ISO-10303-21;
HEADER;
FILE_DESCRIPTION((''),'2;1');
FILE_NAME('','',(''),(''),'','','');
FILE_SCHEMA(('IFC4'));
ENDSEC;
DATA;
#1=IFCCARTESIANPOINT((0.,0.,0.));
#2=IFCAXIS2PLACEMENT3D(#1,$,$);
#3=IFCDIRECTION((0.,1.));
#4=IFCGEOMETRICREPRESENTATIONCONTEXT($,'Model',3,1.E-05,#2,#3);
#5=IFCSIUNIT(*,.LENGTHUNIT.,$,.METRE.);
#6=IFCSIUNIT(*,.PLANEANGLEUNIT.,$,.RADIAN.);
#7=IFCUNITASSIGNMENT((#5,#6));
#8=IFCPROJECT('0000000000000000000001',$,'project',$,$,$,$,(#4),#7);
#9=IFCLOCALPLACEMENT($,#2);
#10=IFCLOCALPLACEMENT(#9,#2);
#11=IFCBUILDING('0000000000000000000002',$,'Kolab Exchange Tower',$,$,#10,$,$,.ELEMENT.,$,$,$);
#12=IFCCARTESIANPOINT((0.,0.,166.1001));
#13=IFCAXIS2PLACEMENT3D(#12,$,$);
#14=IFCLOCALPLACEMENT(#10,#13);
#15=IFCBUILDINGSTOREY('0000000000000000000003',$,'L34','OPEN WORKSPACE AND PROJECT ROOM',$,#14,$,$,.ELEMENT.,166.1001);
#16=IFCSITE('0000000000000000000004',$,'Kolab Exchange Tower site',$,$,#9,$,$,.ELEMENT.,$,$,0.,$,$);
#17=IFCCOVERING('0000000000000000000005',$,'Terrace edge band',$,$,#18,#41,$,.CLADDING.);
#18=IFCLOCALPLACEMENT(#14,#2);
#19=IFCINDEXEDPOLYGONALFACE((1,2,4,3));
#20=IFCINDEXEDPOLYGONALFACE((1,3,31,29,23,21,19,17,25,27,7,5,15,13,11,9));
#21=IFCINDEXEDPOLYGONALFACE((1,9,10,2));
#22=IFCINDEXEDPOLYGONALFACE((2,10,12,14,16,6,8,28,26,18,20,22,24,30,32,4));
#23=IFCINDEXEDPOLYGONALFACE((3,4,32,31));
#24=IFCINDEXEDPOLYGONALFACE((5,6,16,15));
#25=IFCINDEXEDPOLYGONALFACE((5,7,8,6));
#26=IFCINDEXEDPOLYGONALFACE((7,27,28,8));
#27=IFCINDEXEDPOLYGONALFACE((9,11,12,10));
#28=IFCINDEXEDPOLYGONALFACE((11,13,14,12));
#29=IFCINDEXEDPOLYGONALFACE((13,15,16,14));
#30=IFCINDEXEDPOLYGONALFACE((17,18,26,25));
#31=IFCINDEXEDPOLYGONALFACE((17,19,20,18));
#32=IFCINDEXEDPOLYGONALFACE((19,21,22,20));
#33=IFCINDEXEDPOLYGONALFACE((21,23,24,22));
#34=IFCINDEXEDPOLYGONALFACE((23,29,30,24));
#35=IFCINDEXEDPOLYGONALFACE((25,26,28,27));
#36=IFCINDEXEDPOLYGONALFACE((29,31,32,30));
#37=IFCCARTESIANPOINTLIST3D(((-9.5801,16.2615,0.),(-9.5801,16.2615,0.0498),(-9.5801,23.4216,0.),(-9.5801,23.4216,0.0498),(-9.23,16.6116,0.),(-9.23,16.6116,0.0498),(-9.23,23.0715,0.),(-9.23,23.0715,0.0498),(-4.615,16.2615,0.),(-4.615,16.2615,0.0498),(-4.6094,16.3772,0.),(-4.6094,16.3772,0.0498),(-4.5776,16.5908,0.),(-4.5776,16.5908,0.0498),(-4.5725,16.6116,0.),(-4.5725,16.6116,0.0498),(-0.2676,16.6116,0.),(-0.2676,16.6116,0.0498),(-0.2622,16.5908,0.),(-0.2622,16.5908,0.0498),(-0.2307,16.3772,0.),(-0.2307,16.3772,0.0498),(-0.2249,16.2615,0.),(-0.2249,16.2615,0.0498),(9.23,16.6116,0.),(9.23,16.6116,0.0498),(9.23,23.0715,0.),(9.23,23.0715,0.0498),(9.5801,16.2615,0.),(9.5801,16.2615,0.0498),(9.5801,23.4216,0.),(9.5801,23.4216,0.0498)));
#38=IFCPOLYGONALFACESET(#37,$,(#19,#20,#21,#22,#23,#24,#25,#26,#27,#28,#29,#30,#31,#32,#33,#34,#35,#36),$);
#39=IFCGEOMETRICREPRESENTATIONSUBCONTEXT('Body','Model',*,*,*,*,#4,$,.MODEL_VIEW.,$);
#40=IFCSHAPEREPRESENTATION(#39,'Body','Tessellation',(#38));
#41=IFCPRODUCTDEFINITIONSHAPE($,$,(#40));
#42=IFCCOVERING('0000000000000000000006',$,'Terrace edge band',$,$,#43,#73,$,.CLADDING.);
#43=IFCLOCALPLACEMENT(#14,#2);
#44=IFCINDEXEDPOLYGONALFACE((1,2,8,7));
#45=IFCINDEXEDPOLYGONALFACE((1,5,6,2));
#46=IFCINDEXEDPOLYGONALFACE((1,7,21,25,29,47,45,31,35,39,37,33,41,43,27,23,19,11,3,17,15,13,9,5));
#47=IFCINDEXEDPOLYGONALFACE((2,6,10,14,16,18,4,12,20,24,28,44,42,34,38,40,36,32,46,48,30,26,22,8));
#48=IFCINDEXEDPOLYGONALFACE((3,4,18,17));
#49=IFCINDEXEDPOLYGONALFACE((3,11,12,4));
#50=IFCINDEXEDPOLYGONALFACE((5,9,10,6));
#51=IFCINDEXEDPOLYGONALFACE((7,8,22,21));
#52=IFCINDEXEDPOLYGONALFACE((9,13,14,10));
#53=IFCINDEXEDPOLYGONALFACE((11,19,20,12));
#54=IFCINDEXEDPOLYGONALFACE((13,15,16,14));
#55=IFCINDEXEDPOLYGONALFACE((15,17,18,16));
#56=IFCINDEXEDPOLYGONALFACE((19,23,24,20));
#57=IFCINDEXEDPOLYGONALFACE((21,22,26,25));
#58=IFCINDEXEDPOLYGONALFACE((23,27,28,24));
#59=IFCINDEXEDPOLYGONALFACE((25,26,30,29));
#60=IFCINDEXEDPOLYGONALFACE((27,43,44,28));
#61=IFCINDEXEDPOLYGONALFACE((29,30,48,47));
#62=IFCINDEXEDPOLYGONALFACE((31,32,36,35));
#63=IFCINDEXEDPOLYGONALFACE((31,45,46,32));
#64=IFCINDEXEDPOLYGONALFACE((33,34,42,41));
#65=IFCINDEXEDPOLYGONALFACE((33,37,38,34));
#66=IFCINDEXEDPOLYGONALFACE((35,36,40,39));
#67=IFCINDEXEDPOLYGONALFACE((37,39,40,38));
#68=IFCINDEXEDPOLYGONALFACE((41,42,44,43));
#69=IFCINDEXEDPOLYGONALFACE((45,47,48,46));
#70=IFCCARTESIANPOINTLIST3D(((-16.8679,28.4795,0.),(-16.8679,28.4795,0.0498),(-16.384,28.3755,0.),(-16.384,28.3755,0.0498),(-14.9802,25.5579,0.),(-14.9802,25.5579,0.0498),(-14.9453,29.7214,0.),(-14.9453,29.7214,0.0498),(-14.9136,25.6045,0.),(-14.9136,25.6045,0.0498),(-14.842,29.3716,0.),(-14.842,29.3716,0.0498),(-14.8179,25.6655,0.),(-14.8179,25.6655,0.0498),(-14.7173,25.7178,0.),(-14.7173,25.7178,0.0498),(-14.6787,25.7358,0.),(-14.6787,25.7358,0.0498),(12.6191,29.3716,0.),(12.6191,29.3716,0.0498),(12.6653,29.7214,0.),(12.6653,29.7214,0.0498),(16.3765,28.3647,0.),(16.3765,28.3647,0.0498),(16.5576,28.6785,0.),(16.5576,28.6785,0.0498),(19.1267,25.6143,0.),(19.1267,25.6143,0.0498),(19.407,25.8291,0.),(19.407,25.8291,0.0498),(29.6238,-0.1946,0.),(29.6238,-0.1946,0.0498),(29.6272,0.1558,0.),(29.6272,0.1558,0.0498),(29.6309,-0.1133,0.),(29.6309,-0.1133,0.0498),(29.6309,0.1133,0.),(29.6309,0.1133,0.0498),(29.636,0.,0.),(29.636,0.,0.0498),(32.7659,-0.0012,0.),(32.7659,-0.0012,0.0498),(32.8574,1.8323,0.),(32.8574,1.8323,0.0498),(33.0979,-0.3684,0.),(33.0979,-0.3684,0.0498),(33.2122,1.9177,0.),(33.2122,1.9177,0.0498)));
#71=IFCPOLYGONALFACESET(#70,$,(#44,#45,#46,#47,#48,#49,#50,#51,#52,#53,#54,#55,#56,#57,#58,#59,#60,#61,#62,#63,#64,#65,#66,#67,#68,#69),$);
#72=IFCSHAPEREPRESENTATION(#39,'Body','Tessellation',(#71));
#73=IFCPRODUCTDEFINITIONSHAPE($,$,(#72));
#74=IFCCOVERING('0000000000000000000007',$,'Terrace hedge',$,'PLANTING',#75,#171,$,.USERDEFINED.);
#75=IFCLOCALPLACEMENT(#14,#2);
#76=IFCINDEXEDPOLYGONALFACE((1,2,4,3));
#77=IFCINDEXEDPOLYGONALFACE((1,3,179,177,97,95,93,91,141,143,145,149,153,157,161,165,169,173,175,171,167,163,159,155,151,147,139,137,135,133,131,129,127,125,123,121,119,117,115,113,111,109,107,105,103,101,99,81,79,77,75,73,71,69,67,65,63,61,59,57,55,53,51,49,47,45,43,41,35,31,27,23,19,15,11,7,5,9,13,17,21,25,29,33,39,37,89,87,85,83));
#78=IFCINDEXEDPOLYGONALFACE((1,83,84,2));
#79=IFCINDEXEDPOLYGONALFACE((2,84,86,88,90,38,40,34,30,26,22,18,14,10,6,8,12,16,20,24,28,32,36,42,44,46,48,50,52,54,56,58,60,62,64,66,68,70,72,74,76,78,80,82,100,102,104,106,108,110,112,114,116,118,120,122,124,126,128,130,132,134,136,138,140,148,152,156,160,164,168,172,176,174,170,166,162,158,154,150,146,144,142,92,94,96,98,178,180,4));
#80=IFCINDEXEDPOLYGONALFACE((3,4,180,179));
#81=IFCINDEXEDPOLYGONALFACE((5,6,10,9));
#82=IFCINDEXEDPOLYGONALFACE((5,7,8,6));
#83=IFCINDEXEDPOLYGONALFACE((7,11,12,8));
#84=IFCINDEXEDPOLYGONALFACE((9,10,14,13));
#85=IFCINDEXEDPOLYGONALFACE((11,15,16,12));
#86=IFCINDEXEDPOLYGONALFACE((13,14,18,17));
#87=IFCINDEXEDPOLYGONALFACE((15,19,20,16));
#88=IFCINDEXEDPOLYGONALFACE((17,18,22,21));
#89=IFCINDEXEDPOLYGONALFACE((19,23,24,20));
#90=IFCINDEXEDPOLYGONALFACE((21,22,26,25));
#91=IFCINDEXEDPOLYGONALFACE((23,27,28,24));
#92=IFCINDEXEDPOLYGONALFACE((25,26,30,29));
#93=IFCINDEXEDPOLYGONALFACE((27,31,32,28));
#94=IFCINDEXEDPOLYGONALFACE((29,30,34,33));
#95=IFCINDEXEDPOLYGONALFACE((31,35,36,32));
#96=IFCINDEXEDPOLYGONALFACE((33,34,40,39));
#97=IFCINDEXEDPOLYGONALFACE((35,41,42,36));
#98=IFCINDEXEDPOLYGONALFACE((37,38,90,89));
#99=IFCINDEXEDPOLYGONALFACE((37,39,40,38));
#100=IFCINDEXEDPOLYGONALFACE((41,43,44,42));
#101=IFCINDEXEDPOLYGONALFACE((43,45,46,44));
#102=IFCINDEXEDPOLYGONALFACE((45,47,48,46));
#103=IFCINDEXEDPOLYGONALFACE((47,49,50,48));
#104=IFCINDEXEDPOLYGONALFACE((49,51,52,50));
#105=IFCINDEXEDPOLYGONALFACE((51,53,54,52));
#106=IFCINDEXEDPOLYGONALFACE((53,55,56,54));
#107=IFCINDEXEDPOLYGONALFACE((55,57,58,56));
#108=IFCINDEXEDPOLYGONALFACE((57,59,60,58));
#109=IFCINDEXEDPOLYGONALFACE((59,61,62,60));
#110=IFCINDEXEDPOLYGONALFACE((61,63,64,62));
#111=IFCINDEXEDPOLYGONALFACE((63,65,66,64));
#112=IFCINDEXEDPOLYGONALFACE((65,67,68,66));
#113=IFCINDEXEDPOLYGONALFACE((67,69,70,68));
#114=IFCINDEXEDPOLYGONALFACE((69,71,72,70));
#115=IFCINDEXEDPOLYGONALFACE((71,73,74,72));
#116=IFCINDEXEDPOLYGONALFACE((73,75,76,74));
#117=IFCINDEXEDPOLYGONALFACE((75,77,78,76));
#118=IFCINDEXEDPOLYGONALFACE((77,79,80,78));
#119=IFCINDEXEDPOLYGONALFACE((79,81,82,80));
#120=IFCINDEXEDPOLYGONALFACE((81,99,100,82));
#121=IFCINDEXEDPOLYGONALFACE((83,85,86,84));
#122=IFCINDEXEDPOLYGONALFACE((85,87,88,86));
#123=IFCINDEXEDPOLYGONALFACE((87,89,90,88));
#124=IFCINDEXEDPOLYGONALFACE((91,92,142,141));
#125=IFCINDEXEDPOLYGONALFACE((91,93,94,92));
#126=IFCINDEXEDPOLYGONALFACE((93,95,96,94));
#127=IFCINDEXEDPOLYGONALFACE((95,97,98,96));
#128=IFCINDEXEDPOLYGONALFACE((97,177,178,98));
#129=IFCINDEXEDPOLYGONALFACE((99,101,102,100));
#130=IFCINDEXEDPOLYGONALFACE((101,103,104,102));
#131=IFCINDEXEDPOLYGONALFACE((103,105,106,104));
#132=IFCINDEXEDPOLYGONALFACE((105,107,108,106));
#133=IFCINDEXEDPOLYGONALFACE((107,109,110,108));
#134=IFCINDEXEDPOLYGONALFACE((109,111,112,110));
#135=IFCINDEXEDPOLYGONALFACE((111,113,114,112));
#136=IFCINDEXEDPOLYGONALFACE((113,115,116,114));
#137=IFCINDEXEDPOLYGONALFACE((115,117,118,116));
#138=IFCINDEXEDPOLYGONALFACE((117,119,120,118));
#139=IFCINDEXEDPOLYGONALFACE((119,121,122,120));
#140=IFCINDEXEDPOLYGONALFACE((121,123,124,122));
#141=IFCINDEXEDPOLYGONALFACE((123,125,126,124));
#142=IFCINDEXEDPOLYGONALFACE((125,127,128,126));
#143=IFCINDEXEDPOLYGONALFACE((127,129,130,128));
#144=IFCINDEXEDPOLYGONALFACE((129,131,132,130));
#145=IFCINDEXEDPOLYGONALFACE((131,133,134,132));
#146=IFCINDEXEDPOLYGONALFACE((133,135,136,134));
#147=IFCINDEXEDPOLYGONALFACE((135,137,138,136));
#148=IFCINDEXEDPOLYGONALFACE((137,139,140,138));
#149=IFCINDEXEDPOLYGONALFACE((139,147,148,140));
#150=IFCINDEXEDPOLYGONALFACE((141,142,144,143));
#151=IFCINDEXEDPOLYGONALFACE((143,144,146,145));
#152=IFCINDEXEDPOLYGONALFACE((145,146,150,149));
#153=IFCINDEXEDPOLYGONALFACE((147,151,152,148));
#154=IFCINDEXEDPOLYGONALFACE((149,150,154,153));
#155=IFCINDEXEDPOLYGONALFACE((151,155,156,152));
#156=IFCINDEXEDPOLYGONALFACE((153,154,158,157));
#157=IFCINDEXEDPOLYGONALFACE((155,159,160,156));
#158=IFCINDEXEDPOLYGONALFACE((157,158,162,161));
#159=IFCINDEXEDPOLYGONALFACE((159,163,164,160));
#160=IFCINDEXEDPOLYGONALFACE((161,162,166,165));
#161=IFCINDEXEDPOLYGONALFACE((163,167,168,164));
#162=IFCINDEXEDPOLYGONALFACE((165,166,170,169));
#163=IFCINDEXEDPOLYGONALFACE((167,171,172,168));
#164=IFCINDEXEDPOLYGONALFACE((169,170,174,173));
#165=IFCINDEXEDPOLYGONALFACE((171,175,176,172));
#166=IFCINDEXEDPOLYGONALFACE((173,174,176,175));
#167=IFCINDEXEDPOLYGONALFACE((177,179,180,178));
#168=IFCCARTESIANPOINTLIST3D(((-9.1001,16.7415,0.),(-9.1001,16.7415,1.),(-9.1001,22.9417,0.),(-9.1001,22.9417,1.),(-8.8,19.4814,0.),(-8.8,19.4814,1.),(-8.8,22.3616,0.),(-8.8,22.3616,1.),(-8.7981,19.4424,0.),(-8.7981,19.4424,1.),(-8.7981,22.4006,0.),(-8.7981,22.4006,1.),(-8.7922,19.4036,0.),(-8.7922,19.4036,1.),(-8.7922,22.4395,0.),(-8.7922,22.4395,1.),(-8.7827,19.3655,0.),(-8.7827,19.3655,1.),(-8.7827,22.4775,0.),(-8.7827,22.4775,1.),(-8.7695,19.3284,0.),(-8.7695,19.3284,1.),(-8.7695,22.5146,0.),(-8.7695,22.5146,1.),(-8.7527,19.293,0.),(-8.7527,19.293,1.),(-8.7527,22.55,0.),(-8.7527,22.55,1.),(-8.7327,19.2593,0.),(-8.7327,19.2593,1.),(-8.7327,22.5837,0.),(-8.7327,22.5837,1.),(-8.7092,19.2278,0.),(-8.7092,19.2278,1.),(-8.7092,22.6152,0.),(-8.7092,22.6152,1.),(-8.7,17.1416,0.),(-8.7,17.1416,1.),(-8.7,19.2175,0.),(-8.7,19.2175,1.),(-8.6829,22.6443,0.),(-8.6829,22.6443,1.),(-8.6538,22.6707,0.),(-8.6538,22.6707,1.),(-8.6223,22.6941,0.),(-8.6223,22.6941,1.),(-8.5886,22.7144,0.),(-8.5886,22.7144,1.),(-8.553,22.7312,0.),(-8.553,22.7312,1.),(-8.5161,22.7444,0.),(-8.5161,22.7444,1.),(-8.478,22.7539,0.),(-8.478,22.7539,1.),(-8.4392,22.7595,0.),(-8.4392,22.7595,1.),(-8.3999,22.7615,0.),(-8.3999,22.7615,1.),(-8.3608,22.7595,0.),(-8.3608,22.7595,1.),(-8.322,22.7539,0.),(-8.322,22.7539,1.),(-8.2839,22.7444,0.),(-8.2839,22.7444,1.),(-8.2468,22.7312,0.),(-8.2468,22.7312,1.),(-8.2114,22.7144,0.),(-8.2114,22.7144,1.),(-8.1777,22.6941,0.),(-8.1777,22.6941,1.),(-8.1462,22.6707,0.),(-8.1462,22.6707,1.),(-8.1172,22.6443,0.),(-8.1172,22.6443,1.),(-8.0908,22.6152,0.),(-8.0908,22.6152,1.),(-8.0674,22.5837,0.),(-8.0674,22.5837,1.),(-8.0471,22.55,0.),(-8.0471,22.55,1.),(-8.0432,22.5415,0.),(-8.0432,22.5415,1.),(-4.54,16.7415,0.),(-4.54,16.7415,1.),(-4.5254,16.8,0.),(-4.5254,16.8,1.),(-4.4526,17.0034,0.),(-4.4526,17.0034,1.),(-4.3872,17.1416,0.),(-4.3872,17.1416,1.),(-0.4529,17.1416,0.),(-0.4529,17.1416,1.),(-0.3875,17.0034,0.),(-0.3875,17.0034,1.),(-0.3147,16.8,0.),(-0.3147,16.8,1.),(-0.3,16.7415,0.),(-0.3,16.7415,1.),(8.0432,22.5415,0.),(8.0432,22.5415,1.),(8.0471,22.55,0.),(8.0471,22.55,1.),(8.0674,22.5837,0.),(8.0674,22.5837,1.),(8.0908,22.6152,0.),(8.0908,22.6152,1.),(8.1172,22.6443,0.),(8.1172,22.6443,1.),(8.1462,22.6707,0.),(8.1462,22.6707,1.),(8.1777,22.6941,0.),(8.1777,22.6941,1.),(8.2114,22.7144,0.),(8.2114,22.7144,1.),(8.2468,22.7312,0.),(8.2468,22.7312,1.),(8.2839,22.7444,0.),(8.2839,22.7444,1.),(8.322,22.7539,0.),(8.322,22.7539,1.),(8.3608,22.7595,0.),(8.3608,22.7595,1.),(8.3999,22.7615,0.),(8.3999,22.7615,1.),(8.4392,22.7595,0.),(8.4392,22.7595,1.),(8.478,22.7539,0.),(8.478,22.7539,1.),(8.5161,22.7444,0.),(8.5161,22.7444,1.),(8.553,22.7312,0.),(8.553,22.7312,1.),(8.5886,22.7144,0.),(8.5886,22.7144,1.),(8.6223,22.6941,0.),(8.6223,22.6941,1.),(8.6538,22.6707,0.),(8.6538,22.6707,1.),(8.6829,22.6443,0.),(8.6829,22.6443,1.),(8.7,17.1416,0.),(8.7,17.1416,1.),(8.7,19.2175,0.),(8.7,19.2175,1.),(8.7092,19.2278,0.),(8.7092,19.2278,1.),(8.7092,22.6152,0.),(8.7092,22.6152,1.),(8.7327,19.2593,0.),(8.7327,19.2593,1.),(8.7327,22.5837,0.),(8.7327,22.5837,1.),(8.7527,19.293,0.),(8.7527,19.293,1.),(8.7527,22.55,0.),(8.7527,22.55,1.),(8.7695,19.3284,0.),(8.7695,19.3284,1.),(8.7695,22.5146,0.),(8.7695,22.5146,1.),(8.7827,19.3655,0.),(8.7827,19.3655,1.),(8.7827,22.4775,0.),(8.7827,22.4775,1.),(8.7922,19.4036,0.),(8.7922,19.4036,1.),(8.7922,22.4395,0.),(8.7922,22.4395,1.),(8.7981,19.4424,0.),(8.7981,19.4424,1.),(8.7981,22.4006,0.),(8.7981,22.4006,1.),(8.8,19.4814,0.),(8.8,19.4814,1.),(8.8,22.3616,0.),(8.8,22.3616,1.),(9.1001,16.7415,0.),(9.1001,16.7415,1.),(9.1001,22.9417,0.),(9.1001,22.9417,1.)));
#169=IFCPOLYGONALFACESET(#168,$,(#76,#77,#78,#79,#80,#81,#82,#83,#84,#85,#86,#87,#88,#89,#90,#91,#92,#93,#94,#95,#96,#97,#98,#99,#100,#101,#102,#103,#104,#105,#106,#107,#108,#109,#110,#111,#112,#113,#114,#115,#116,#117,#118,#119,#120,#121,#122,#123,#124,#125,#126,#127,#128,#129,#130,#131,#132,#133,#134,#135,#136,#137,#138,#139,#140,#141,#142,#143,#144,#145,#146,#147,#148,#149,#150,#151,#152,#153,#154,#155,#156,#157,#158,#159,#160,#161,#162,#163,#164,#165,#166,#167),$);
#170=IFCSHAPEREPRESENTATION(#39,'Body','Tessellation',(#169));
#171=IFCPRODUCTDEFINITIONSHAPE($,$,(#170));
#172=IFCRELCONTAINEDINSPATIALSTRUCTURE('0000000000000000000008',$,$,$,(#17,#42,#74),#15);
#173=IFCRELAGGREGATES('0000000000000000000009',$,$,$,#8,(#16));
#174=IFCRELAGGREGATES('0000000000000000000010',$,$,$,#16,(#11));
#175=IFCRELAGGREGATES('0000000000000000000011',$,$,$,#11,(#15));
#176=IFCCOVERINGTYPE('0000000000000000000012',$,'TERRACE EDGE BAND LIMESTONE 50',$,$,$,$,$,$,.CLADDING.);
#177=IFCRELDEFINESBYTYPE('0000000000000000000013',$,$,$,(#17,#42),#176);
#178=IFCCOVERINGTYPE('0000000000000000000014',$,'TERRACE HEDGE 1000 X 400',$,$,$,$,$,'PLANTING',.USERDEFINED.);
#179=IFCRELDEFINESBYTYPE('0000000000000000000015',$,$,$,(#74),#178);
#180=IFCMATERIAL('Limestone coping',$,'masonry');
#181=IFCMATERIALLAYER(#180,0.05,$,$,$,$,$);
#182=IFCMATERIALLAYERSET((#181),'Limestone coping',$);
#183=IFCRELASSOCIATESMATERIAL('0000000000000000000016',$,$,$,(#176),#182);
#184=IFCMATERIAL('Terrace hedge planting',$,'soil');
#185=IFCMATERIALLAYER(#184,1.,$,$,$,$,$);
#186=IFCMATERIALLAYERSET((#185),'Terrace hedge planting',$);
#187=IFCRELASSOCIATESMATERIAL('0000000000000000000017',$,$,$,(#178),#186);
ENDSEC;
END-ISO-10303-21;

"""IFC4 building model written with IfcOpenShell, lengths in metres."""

from ifc_helpers import new_model, si_unit, direction, frame, origin, place, context, subcontext, project, spatial, polyline, outline, extrude, material, layer, layer_set, type_object, element, save


model = new_model("IFC4")

# Units and contexts
model_context = context("Model", 3, precision=1e-05, world=origin(), true_north=direction((0.0, 1.0)))
body_context = subcontext(model_context, "Body", "Model", "MODEL_VIEW")
ifc_project = project(units=[si_unit("LENGTHUNIT", "METRE"), si_unit("PLANEANGLEUNIT", "RADIAN")], contexts=[model_context])

# Site, building, storey
site_placement = place(None, origin())
site = spatial("IfcSite", under=ifc_project, at=site_placement, Name="Kolab Exchange Tower site", CompositionType="ELEMENT", RefElevation=0.0)
building_placement = place(site_placement, origin())
building = spatial("IfcBuilding", under=site, at=building_placement, Name="Kolab Exchange Tower", CompositionType="ELEMENT")
storey_placement = place(building_placement, frame((0.0, 0.0, 166.1001)))
storey = spatial("IfcBuildingStorey", under=building, at=storey_placement, Name="L34", Description="OPEN WORKSPACE AND PROJECT ROOM", CompositionType="ELEMENT", Elevation=166.1001)

# Coverings
ifc_material_1 = material(Name="Limestone coping", Category="masonry")
ifc_layer_1 = layer(ifc_material_1, 0.05)
ifc_layer_set_1 = layer_set([ifc_layer_1], Name="Limestone coping")
covering_type_1 = type_object("IfcCoveringType", Name="TERRACE EDGE BAND LIMESTONE 50", PredefinedType="CLADDING", material=ifc_layer_set_1)
covering_1_placement = place(storey_placement, origin())
element("IfcCovering", 1, at=covering_1_placement, inside=storey, type_object=covering_type_1, Name="Terrace edge band", PredefinedType="CLADDING", context=body_context, shape_type="SweptSolid", body=[
    extrude(outline(polyline([(9.5801, 23.4216), (9.5801, 16.2615), (-0.2249, 16.2615), (-0.2307, 16.3772), (-0.2622, 16.5908), (-0.2676, 16.6116), (9.23, 16.6116), (9.23, 23.0715), (-9.23, 23.0715), (-9.23, 16.6116), (-4.5725, 16.6116), (-4.5776, 16.5908), (-4.6094, 16.3772), (-4.615, 16.2615), (-9.5801, 16.2615), (-9.5801, 23.4216), (9.5801, 23.4216)])), origin(), (0.0, 0.0, 1.0), 0.0498),
])
covering_2_placement = place(storey_placement, origin())
element("IfcCovering", 2, at=covering_2_placement, inside=storey, type_object=covering_type_1, Name="Terrace edge band", PredefinedType="CLADDING", context=body_context, shape_type="SweptSolid", body=[
    extrude(outline(polyline([(-14.9453, 29.7214), (12.6653, 29.7214), (16.5576, 28.6785), (19.407, 25.8291), (33.2122, 1.9177), (33.0979, -0.3684), (29.6238, -0.1946), (29.6309, -0.1133), (29.636, 0.0), (29.6309, 0.1133), (29.6272, 0.1558), (32.7659, -0.0012), (32.8574, 1.8323), (19.1267, 25.6143), (16.3765, 28.3647), (12.6191, 29.3716), (-14.842, 29.3716), (-16.384, 28.3755), (-14.6787, 25.7358), (-14.7173, 25.7178), (-14.8179, 25.6655), (-14.9136, 25.6045), (-14.9802, 25.5579), (-16.8679, 28.4795), (-14.9453, 29.7214)])), origin(), (0.0, 0.0, 1.0), 0.0498),
])
ifc_material_2 = material(Name="Terrace hedge planting", Category="soil")
ifc_layer_2 = layer(ifc_material_2, 1.0)
ifc_layer_set_2 = layer_set([ifc_layer_2], Name="Terrace hedge planting")
covering_type_2 = type_object("IfcCoveringType", Name="TERRACE HEDGE 1000 X 400", ElementType="PLANTING", PredefinedType="USERDEFINED", material=ifc_layer_set_2)
covering_3_placement = place(storey_placement, origin())
element("IfcCovering", 3, at=covering_3_placement, inside=storey, type_object=covering_type_2, Name="Terrace hedge", ObjectType="PLANTING", PredefinedType="USERDEFINED", context=body_context, shape_type="SweptSolid", body=[
    extrude(outline(polyline([(9.1001, 22.9417), (9.1001, 16.7415), (-0.3, 16.7415), (-0.3147, 16.8), (-0.3875, 17.0034), (-0.4529, 17.1416), (8.7, 17.1416), (8.7, 19.2175), (8.7092, 19.2278), (8.7327, 19.2593), (8.7527, 19.293), (8.7695, 19.3284), (8.7827, 19.3655), (8.7922, 19.4036), (8.7981, 19.4424), (8.8, 19.4814), (8.8, 22.3616), (8.7981, 22.4006), (8.7922, 22.4395), (8.7827, 22.4775), (8.7695, 22.5146), (8.7527, 22.55), (8.7327, 22.5837), (8.7092, 22.6152), (8.6829, 22.6443), (8.6538, 22.6707), (8.6223, 22.6941), (8.5886, 22.7144), (8.553, 22.7312), (8.5161, 22.7444), (8.478, 22.7539), (8.4392, 22.7595), (8.3999, 22.7615), (8.3608, 22.7595), (8.322, 22.7539), (8.2839, 22.7444), (8.2468, 22.7312), (8.2114, 22.7144), (8.1777, 22.6941), (8.1462, 22.6707), (8.1172, 22.6443), (8.0908, 22.6152), (8.0674, 22.5837), (8.0471, 22.55), (8.0432, 22.5415), (-8.0432, 22.5415), (-8.0471, 22.55), (-8.0674, 22.5837), (-8.0908, 22.6152), (-8.1172, 22.6443), (-8.1462, 22.6707), (-8.1777, 22.6941), (-8.2114, 22.7144), (-8.2468, 22.7312), (-8.2839, 22.7444), (-8.322, 22.7539), (-8.3608, 22.7595), (-8.3999, 22.7615), (-8.4392, 22.7595), (-8.478, 22.7539), (-8.5161, 22.7444), (-8.553, 22.7312), (-8.5886, 22.7144), (-8.6223, 22.6941), (-8.6538, 22.6707), (-8.6829, 22.6443), (-8.7092, 22.6152), (-8.7327, 22.5837), (-8.7527, 22.55), (-8.7695, 22.5146), (-8.7827, 22.4775), (-8.7922, 22.4395), (-8.7981, 22.4006), (-8.8, 22.3616), (-8.8, 19.4814), (-8.7981, 19.4424), (-8.7922, 19.4036), (-8.7827, 19.3655), (-8.7695, 19.3284), (-8.7527, 19.293), (-8.7327, 19.2593), (-8.7092, 19.2278), (-8.7, 19.2175), (-8.7, 17.1416), (-4.3872, 17.1416), (-4.4526, 17.0034), (-4.5254, 16.8), (-4.54, 16.7415), (-9.1001, 16.7415), (-9.1001, 22.9417), (9.1001, 22.9417)])), origin(), (0.0, 0.0, 1.0), 1.0),
])

save(model, "model.ifc")
